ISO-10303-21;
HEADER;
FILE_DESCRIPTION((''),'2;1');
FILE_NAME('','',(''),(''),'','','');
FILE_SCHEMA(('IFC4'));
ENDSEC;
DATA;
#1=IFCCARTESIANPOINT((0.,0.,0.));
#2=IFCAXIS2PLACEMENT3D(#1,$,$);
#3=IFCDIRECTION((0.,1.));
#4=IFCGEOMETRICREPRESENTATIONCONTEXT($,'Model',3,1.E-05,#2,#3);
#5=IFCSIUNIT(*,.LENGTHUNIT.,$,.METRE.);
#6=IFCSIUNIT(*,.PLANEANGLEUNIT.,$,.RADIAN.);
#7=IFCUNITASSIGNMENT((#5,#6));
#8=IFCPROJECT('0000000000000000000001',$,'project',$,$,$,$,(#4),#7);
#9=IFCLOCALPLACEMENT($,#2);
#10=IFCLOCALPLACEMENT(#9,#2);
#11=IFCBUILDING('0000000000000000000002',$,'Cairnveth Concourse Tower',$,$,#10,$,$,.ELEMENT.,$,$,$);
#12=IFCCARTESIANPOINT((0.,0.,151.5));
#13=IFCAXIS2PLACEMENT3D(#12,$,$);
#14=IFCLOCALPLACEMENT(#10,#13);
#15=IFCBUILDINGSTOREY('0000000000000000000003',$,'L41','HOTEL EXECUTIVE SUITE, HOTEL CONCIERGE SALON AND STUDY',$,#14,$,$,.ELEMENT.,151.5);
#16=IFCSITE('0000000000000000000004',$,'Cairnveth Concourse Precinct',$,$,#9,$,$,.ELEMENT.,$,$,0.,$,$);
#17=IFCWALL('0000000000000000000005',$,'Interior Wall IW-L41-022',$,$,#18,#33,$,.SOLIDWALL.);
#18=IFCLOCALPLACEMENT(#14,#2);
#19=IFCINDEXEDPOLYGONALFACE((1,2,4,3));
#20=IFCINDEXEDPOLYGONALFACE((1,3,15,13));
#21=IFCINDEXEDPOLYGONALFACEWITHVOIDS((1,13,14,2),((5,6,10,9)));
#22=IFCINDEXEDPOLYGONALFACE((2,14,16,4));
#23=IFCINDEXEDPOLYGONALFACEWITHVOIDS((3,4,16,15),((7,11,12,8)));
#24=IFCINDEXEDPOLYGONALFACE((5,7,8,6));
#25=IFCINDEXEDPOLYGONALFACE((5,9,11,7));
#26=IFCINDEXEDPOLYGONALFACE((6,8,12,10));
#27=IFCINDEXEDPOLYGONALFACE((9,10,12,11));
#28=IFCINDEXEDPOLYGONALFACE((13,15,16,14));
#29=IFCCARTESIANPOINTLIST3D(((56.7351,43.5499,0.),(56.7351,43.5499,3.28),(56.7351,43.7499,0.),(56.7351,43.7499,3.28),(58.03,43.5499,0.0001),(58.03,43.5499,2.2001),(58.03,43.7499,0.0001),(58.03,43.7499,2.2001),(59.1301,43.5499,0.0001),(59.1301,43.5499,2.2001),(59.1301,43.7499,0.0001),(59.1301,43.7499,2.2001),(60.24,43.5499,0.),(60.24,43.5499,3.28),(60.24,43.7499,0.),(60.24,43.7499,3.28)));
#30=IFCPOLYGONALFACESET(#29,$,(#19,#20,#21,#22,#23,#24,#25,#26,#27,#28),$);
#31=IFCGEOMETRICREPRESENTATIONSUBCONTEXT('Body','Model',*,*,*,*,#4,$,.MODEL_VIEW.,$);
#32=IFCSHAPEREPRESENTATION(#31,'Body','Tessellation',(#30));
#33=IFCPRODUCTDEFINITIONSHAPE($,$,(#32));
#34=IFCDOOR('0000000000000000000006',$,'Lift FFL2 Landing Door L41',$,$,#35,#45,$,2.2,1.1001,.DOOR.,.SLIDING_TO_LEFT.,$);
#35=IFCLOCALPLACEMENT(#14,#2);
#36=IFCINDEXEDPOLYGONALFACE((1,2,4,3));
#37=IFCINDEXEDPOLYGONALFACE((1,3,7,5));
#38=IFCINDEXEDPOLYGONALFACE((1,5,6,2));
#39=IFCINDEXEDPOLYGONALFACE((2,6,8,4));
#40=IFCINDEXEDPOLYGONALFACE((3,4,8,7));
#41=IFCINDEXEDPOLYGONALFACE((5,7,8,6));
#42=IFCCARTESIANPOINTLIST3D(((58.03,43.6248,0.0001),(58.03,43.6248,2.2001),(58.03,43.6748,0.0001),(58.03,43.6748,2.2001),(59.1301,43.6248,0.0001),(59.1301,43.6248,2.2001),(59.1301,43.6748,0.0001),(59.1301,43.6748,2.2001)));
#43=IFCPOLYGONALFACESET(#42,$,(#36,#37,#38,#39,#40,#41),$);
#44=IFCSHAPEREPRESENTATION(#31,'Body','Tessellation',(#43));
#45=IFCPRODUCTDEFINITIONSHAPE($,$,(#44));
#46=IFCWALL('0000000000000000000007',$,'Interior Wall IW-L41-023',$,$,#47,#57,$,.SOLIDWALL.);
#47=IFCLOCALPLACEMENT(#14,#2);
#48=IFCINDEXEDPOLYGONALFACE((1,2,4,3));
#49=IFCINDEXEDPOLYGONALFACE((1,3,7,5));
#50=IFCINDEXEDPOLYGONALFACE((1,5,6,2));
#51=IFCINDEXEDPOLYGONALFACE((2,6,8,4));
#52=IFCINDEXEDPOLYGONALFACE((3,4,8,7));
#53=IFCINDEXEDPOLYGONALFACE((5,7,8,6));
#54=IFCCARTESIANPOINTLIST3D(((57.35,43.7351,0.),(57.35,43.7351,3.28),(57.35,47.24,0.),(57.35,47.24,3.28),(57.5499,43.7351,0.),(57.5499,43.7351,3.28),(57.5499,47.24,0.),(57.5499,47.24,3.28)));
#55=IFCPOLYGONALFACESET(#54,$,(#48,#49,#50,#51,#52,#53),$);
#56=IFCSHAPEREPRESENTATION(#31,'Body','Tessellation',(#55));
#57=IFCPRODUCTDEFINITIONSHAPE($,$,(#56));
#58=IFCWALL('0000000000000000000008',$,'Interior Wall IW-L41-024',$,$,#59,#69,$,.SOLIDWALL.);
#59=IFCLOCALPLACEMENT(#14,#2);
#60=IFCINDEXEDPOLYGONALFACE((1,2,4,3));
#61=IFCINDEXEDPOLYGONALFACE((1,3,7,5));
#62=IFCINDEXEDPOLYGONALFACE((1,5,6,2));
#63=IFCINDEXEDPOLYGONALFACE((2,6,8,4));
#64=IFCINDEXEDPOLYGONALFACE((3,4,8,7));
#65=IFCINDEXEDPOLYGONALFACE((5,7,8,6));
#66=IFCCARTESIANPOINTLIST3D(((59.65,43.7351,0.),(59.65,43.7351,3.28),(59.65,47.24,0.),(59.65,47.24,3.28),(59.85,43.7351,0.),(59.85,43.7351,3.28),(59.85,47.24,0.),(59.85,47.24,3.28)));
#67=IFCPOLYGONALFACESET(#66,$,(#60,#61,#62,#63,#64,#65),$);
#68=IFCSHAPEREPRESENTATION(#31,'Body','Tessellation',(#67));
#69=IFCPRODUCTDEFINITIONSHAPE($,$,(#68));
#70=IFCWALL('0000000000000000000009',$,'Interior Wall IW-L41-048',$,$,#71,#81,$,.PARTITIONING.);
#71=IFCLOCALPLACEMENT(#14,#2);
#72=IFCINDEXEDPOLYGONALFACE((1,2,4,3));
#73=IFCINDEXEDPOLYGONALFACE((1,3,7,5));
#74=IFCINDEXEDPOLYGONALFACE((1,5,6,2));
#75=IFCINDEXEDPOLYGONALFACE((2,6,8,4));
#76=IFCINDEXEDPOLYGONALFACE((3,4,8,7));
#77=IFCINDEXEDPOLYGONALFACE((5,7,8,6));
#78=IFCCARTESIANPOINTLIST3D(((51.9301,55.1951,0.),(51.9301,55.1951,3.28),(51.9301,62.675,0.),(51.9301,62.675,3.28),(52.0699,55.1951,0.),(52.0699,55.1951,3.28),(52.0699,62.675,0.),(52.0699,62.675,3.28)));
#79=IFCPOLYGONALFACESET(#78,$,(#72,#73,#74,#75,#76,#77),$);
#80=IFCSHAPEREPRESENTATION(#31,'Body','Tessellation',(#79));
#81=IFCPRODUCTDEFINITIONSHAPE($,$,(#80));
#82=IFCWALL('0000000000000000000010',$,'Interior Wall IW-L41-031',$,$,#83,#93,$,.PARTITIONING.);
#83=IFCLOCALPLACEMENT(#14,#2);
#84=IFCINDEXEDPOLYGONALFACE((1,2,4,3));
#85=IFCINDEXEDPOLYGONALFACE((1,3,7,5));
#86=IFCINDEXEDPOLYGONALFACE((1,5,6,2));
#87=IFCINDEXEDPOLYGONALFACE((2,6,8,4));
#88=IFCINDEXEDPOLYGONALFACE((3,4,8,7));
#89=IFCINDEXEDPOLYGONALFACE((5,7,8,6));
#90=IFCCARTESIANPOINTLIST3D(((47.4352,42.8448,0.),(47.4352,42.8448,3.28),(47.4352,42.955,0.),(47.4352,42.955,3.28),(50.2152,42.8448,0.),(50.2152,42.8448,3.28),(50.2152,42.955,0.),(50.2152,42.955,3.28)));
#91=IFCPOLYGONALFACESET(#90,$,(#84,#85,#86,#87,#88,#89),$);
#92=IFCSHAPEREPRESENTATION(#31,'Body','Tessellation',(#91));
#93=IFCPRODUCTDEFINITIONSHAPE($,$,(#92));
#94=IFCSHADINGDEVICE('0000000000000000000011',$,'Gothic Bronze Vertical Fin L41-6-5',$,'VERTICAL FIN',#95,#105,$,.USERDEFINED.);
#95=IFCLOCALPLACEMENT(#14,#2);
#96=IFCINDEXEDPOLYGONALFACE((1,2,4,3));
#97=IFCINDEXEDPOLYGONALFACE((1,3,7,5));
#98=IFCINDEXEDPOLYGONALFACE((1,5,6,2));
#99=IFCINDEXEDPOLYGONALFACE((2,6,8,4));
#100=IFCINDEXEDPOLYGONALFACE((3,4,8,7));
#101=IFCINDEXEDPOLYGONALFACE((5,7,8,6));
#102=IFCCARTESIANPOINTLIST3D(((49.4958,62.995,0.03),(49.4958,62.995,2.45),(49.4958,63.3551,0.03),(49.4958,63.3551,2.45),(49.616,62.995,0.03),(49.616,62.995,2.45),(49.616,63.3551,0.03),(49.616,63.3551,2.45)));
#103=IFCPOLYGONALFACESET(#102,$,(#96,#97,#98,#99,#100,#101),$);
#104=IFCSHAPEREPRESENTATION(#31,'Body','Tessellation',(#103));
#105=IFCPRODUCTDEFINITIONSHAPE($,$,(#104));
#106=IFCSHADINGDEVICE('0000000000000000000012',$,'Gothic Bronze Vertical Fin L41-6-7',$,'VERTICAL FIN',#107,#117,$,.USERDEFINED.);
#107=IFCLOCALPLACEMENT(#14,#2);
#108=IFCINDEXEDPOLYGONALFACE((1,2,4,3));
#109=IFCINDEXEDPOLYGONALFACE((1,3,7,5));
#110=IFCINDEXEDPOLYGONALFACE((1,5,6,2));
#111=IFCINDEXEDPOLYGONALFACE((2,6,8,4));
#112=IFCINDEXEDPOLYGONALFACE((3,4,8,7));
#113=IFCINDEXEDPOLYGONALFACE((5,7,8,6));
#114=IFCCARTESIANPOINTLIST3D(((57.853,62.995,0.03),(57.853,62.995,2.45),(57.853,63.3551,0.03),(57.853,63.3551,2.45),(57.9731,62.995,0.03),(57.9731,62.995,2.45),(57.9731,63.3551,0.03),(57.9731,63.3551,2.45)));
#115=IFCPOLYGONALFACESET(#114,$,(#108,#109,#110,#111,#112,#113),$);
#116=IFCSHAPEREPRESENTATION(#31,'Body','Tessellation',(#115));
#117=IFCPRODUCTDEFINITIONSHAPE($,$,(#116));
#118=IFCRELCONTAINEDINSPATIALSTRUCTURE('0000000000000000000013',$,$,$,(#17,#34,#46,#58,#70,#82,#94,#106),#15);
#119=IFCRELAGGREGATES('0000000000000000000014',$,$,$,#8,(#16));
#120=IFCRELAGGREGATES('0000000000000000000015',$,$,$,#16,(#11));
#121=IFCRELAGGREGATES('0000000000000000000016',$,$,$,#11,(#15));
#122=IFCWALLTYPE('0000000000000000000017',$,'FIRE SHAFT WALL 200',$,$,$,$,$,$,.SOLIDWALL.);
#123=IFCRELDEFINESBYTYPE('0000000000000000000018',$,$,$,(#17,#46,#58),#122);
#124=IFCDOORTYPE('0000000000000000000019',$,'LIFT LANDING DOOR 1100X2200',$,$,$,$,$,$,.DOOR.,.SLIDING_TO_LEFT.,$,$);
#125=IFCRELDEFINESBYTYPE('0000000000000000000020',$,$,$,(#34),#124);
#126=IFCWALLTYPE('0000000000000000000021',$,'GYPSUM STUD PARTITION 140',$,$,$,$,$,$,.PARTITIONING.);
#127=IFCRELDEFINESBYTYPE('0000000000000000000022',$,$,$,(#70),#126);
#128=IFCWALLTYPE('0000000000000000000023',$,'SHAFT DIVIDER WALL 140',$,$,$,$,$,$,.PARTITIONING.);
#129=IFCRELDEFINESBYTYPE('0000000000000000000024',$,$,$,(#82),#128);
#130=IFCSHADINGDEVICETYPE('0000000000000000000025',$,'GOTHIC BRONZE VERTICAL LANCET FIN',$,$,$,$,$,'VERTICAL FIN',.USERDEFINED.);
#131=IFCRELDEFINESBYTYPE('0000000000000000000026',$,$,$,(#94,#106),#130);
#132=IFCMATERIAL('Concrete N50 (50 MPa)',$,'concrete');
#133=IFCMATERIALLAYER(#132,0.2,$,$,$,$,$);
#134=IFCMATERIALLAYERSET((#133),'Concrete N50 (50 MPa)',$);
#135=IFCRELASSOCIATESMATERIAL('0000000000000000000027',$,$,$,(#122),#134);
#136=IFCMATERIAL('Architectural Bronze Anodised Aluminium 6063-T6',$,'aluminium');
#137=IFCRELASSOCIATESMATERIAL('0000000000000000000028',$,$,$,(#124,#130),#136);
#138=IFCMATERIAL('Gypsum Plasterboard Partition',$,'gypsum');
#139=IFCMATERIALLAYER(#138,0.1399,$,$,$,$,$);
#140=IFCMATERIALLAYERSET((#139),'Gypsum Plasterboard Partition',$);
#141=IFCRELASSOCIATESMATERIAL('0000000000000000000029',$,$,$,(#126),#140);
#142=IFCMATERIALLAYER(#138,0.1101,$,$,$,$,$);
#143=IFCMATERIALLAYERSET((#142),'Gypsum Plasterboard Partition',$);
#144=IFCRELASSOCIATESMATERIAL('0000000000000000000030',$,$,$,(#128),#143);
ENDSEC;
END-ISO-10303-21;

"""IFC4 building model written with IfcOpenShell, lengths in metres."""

from ifc_helpers import new_model, si_unit, direction, frame, frame_2d, origin, origin_2d, place, context, subcontext, project, spatial, rectangle, extrude, material, layer, layer_set, type_object, element, fill, save


model = new_model("IFC4")

# Units and contexts
model_context = context("Model", 3, precision=1e-05, world=origin(), true_north=direction((0.0, 1.0)))
body_context = subcontext(model_context, "Body", "Model", "MODEL_VIEW")
ifc_project = project(units=[si_unit("LENGTHUNIT", "METRE"), si_unit("PLANEANGLEUNIT", "RADIAN")], contexts=[model_context])

# Site, building, storey
site_placement = place(None, origin())
site = spatial("IfcSite", under=ifc_project, at=site_placement, Name="Cairnveth Concourse Precinct", CompositionType="ELEMENT", RefElevation=0.0)
building_placement = place(site_placement, origin())
building = spatial("IfcBuilding", under=site, at=building_placement, Name="Cairnveth Concourse Tower", CompositionType="ELEMENT")
storey_placement = place(building_placement, frame((0.0, 0.0, 151.5)))
storey = spatial("IfcBuildingStorey", under=building, at=storey_placement, Name="L41", Description="HOTEL EXECUTIVE SUITE, HOTEL CONCIERGE SALON AND STUDY", CompositionType="ELEMENT", Elevation=151.5)

# Shared definitions
ifc_material_1 = material(Name="Concrete N50 (50 MPa)", Category="concrete")

# Wall, opening, door
ifc_layer_1 = layer(ifc_material_1, 0.2)
ifc_layer_set_1 = layer_set([ifc_layer_1], Name="Concrete N50 (50 MPa)")
wall_type_1 = type_object("IfcWallType", Name="FIRE SHAFT WALL 200", PredefinedType="SOLIDWALL", material=ifc_layer_set_1)
wall_1_placement = place(storey_placement, frame((56.7351, 43.6499, 0.0), z_axis=(0.0, 0.0, 1.0), x_axis=(1.0, 0.0, 0.0)))
wall_1 = element("IfcWall", 1, at=wall_1_placement, inside=storey, type_object=wall_type_1, Name="Interior Wall IW-L41-022", PredefinedType="SOLIDWALL", context=body_context, shape_type="SweptSolid", body=[
    extrude(rectangle(XDim=3.5049, YDim=0.2, at=frame_2d((1.7524, 0.0))), origin(), (0.0, 0.0, 1.0), 3.28),
])
opening_placement = place(wall_1_placement, frame((1.2949, 0.0, 0.0)))
opening = element("IfcOpeningElement", 2, at=opening_placement, cuts=wall_1, PredefinedType="OPENING", context=body_context, shape_type="SweptSolid", body=[
    extrude(rectangle(XDim=1.1001, YDim=2.2, at=frame_2d((0.55, 1.1001))), frame((0.0, 0.1099, 0.0), z_axis=(0.0, -1.0, 0.0), x_axis=(1.0, 0.0, 0.0)), (0.0, 0.0, 1.0), 0.22),
])
ifc_material_2 = material(Name="Architectural Bronze Anodised Aluminium 6063-T6", Category="aluminium")
door_type = type_object("IfcDoorType", Name="LIFT LANDING DOOR 1100X2200", OperationType="SLIDING_TO_LEFT", PredefinedType="DOOR", material=ifc_material_2)
door_placement = place(opening_placement, origin())
door = element("IfcDoor", 3, at=door_placement, inside=storey, type_object=door_type, Name="Lift FFL2 Landing Door L41", OperationType="SLIDING_TO_LEFT", OverallHeight=2.2, OverallWidth=1.1001, PredefinedType="DOOR", context=body_context, shape_type="SweptSolid", body=[
    extrude(rectangle(XDim=1.1001, YDim=2.2, at=frame_2d((0.55, 1.1001))), frame((0.0, 0.0249, 0.0), z_axis=(0.0, -1.0, 0.0), x_axis=(1.0, 0.0, 0.0)), (0.0, 0.0, 1.0), 0.05),
])
fill(opening, door)

# Walls
for number, where, z_axis, x_axis, name in (
    (4, (57.45, 43.7351, 0.0), (0.0, 0.0, 1.0), (0.0, 1.0, 0.0), "Interior Wall IW-L41-023"),
    (5, (59.75, 43.7351, 0.0), (0.0, 0.0, 1.0), (0.0, 1.0, 0.0), "Interior Wall IW-L41-024"),
):
    element("IfcWall", number, at=place(storey_placement, frame(where, z_axis=z_axis, x_axis=x_axis)), inside=storey, type_object=wall_type_1, Name=name, PredefinedType="SOLIDWALL", context=body_context, shape_type="SweptSolid", body=[
        extrude(rectangle(XDim=3.5049, YDim=0.2, at=frame_2d((1.7524, 0.0))), origin(), (0.0, 0.0, 1.0), 3.28),
    ])
ifc_material_3 = material(Name="Gypsum Plasterboard Partition", Category="gypsum")
ifc_layer_2 = layer(ifc_material_3, 0.1399)
ifc_layer_set_2 = layer_set([ifc_layer_2], Name="Gypsum Plasterboard Partition")
wall_type_2 = type_object("IfcWallType", Name="GYPSUM STUD PARTITION 140", PredefinedType="PARTITIONING", material=ifc_layer_set_2)
wall_2_placement = place(storey_placement, frame((52.0, 55.1951, 0.0), z_axis=(0.0, 0.0, 1.0), x_axis=(0.0, 1.0, 0.0)))
element("IfcWall", 6, at=wall_2_placement, inside=storey, type_object=wall_type_2, Name="Interior Wall IW-L41-048", PredefinedType="PARTITIONING", context=body_context, shape_type="SweptSolid", body=[
    extrude(rectangle(XDim=7.48, YDim=0.1399, at=frame_2d((3.74, 0.0))), origin(), (0.0, 0.0, 1.0), 3.28),
])
ifc_layer_3 = layer(ifc_material_3, 0.1101)
ifc_layer_set_3 = layer_set([ifc_layer_3], Name="Gypsum Plasterboard Partition")
wall_type_3 = type_object("IfcWallType", Name="SHAFT DIVIDER WALL 140", PredefinedType="PARTITIONING", material=ifc_layer_set_3)
wall_3_placement = place(storey_placement, frame((47.4351, 42.8999, 0.0), z_axis=(0.0, 0.0, 1.0), x_axis=(1.0, 0.0, 0.0)))
element("IfcWall", 7, at=wall_3_placement, inside=storey, type_object=wall_type_3, Name="Interior Wall IW-L41-031", PredefinedType="PARTITIONING", context=body_context, shape_type="SweptSolid", body=[
    extrude(rectangle(XDim=2.78, YDim=0.1101, at=frame_2d((1.3901, 0.0))), origin(), (0.0, 0.0, 1.0), 3.28),
])

# Shading devices
shading_device_type = type_object("IfcShadingDeviceType", Name="GOTHIC BRONZE VERTICAL LANCET FIN", ElementType="VERTICAL FIN", PredefinedType="USERDEFINED", material=ifc_material_2)
for number, where, z_axis, x_axis, name in (
    (8, (49.5559, 63.175, 0.03), (0.0, 0.0, 1.0), (1.0, 0.0, 0.0), "Gothic Bronze Vertical Fin L41-6-5"),
    (9, (57.9131, 63.175, 0.03), (0.0, 0.0, 1.0), (1.0, 0.0, 0.0), "Gothic Bronze Vertical Fin L41-6-7"),
):
    element("IfcShadingDevice", number, at=place(storey_placement, frame(where, z_axis=z_axis, x_axis=x_axis)), inside=storey, type_object=shading_device_type, Name=name, ObjectType="VERTICAL FIN", PredefinedType="USERDEFINED", context=body_context, shape_type="SweptSolid", body=[
        extrude(rectangle(XDim=0.1201, YDim=0.3601, at=origin_2d()), origin(), (0.0, 0.0, 1.0), 2.4199),
    ])

save(model, "model.ifc")
